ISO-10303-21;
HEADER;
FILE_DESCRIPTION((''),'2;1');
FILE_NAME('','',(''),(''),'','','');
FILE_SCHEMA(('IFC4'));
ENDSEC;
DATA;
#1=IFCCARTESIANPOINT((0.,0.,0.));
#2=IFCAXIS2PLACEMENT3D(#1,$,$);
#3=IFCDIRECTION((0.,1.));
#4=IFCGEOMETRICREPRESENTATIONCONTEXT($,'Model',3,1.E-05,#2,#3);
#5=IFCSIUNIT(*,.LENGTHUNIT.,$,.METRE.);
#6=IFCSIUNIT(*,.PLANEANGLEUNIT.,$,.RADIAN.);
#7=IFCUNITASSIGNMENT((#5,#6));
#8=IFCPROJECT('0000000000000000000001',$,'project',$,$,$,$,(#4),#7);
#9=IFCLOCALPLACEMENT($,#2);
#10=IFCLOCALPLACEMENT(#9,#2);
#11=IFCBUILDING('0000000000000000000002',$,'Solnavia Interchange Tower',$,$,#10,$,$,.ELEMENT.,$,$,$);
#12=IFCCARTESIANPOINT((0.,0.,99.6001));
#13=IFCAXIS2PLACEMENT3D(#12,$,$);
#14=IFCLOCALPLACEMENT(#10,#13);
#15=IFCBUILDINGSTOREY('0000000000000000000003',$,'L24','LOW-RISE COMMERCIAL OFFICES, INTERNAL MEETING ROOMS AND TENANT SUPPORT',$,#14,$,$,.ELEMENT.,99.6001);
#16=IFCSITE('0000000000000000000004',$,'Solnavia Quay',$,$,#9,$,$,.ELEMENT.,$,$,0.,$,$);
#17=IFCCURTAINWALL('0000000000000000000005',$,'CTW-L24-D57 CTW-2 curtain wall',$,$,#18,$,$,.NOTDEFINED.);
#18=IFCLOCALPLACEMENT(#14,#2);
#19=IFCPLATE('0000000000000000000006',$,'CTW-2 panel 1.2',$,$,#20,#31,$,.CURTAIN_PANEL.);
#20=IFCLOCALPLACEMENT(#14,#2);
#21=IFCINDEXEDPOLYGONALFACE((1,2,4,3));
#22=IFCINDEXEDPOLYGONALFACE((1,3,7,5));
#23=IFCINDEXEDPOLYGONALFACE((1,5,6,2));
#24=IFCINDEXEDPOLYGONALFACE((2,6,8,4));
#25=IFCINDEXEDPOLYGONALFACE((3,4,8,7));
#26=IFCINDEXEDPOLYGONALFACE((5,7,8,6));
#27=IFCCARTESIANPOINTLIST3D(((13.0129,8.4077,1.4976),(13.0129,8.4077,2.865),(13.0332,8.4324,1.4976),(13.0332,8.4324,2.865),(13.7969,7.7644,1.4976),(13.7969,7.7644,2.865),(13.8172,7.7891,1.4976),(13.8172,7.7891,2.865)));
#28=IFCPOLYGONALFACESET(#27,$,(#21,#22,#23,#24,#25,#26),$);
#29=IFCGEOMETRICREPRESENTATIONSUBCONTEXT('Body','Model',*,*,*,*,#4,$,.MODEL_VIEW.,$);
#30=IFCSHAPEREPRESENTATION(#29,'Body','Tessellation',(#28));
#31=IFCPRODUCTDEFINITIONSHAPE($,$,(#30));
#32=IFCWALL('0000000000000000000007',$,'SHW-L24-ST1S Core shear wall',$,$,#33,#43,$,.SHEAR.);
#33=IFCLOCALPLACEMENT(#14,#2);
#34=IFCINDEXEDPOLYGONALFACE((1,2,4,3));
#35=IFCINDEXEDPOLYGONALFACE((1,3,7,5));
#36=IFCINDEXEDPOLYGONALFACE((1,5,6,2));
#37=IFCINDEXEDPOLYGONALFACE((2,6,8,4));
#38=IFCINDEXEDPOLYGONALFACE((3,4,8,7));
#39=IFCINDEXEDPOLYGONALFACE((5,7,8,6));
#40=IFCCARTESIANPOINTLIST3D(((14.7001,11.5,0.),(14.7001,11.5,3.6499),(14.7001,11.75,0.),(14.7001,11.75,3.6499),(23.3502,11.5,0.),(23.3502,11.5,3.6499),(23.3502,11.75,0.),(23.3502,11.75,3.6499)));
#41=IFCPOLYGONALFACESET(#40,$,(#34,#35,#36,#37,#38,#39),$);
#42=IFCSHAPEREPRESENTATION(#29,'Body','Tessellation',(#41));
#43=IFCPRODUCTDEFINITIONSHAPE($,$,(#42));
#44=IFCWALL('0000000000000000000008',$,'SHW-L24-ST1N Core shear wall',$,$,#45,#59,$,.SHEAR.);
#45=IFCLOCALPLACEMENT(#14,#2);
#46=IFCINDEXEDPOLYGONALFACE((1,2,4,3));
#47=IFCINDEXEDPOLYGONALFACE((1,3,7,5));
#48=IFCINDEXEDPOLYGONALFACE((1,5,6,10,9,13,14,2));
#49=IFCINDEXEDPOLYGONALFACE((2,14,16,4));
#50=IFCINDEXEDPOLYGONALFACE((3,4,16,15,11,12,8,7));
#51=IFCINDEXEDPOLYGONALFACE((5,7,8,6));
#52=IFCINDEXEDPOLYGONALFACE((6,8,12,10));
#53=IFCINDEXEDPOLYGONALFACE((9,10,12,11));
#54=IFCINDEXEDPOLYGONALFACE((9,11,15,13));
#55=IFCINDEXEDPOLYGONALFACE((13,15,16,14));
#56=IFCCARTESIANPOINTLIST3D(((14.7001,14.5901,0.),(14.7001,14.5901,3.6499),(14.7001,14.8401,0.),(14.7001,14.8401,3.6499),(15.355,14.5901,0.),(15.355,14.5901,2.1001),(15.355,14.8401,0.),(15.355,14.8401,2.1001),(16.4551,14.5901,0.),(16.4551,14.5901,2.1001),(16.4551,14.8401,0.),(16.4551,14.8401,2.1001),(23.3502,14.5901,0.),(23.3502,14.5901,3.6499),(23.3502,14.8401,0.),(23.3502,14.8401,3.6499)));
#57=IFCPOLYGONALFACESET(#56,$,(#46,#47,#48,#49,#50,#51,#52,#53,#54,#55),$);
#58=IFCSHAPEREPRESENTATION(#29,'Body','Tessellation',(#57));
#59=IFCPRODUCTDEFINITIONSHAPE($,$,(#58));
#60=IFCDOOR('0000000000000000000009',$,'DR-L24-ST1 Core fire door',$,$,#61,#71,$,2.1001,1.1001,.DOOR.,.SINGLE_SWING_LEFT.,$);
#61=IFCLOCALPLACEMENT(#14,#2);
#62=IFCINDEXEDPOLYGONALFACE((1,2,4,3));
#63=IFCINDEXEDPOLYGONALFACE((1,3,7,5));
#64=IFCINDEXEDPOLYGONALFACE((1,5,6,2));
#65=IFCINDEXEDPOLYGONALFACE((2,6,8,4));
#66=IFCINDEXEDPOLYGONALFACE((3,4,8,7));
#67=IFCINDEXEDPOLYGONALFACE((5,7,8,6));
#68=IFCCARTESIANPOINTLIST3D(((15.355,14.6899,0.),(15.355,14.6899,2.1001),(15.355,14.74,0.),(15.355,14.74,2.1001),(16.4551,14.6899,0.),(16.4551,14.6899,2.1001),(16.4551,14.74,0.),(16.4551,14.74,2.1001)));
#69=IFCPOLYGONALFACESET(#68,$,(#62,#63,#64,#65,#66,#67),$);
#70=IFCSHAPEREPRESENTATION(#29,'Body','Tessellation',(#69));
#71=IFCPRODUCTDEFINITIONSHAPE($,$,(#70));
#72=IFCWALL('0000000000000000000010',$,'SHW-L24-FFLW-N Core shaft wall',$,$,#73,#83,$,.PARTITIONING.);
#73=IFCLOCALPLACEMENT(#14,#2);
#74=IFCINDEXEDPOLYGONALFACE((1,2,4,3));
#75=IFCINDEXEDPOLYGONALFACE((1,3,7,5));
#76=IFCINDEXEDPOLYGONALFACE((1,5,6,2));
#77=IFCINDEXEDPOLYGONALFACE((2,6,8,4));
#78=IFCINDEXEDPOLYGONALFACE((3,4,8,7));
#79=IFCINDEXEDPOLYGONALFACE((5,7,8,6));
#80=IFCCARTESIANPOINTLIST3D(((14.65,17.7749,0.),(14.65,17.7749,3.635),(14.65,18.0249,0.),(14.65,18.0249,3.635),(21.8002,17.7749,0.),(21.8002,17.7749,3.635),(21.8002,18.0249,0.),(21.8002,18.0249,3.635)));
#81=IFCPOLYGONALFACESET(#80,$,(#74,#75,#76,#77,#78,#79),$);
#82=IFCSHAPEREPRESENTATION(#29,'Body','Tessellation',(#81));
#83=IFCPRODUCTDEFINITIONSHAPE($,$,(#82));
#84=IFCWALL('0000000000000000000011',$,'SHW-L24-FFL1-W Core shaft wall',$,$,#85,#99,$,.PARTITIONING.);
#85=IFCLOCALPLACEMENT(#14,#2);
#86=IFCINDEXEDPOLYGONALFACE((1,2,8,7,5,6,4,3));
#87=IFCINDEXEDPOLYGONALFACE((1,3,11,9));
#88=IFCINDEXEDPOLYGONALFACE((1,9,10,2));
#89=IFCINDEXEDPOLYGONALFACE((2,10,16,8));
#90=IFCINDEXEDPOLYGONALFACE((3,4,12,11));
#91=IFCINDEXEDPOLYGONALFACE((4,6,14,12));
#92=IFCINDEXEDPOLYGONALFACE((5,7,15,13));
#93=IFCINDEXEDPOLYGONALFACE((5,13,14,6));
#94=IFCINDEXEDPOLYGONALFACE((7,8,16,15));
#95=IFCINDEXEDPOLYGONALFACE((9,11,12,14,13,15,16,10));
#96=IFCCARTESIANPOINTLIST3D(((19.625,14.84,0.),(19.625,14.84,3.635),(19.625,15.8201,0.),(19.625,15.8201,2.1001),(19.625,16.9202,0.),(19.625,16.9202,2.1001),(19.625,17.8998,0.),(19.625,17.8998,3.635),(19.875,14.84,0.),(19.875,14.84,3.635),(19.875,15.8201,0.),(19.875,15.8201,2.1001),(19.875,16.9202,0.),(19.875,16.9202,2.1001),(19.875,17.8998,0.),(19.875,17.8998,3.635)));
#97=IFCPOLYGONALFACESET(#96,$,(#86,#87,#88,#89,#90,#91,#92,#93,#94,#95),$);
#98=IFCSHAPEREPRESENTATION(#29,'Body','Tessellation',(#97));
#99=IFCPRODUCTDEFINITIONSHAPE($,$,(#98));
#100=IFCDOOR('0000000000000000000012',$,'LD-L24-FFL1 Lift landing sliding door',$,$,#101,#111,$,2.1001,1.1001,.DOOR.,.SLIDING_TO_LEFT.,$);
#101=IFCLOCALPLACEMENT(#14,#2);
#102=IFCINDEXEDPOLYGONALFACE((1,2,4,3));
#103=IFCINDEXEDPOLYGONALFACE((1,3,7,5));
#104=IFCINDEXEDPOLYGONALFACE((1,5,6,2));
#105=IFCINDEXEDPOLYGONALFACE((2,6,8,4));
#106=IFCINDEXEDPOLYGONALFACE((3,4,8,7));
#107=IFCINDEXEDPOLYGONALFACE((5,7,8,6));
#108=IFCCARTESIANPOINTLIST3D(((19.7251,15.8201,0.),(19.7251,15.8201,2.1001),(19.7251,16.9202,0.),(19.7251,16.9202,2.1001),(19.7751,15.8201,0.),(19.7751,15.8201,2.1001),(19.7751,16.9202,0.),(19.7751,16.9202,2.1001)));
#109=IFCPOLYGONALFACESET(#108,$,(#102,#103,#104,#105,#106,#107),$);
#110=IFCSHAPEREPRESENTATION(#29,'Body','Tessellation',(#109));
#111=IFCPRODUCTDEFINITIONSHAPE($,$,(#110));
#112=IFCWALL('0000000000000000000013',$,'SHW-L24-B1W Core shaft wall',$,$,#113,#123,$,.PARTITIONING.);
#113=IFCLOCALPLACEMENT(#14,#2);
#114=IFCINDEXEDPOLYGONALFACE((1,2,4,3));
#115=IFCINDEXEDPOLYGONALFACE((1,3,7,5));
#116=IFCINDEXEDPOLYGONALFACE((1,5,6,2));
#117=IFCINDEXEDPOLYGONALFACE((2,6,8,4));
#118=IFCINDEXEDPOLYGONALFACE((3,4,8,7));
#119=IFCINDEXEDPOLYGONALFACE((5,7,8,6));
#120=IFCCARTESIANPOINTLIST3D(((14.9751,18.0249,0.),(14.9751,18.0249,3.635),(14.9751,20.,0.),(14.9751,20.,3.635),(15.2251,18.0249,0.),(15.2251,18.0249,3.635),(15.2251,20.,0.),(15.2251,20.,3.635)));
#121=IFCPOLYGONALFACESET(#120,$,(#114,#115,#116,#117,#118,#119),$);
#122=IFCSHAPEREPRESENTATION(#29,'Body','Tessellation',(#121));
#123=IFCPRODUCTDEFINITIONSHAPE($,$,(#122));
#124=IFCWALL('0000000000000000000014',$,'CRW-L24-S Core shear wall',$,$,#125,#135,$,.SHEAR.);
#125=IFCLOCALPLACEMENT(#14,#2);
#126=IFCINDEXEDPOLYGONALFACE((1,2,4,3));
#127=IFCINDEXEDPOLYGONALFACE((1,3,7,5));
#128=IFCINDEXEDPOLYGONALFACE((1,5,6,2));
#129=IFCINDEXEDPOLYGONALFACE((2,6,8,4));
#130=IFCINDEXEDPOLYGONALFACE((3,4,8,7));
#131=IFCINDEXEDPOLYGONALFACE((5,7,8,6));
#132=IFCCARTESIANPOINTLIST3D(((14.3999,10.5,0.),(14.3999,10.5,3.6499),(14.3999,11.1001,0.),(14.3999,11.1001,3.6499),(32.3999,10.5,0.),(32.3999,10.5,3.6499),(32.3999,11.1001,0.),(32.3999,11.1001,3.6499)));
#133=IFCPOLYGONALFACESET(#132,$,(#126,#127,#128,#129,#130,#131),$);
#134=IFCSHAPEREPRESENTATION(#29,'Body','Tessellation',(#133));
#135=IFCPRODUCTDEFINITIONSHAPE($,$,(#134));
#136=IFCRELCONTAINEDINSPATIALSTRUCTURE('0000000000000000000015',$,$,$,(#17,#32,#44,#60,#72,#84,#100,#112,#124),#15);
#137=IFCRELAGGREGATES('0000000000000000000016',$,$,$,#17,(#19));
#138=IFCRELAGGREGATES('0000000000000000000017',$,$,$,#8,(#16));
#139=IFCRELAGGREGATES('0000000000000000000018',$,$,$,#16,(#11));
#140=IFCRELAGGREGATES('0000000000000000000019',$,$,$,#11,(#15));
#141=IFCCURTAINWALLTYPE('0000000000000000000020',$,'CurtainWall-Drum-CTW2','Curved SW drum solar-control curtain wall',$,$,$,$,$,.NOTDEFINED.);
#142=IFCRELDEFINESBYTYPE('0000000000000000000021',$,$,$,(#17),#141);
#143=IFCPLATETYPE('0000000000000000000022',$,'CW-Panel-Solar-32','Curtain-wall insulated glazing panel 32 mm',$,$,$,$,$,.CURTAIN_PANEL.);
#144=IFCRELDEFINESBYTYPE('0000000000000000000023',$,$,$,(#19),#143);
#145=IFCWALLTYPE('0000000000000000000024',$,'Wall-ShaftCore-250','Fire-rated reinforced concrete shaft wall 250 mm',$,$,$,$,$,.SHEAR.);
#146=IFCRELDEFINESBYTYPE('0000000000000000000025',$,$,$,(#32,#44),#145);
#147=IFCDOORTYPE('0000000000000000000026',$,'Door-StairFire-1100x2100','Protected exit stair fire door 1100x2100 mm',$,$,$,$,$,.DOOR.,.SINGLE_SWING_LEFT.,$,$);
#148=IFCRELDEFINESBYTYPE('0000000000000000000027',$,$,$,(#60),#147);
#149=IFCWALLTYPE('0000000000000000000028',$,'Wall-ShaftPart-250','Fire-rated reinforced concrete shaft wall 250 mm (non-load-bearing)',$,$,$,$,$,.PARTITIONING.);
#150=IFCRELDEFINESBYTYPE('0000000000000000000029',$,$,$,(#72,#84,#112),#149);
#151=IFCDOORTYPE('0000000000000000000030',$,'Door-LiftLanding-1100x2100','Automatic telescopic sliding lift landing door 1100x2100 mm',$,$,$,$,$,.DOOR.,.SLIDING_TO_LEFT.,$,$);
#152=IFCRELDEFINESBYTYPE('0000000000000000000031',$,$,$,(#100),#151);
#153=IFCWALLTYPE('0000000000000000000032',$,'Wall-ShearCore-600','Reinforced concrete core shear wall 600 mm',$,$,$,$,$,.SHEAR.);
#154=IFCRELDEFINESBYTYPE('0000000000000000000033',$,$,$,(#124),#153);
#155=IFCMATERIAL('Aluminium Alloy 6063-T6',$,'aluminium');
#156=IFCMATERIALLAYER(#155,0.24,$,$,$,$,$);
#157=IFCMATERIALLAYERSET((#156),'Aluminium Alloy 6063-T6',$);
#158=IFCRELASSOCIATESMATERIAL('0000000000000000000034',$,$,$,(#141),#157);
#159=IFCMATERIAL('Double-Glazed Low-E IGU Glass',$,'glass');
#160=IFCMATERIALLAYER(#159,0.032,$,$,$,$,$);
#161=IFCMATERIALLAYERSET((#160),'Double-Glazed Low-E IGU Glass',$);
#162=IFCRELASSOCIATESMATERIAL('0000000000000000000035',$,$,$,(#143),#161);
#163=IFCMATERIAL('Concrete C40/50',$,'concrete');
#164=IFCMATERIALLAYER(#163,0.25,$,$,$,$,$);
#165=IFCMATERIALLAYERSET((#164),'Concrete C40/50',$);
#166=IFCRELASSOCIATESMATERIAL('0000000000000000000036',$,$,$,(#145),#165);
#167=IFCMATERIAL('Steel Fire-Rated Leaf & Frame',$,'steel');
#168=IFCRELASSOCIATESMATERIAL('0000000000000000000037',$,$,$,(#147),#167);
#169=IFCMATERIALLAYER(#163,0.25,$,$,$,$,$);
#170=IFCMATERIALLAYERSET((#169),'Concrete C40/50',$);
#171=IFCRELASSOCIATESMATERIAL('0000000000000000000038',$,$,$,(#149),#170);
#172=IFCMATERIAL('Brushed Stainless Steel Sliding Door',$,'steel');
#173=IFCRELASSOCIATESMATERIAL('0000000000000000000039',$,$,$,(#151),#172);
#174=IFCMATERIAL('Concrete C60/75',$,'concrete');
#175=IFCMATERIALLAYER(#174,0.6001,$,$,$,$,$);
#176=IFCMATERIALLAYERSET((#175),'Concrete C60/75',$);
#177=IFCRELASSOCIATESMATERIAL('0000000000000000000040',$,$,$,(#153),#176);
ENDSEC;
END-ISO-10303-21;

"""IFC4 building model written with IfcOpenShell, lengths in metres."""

from ifc_helpers import new_model, si_unit, direction, frame, frame_2d, origin, origin_2d, place, context, subcontext, project, spatial, rectangle, extrude, material, layer, layer_set, type_object, element, fill, aggregate, save


model = new_model("IFC4")

# Units and contexts
model_context = context("Model", 3, precision=1e-05, world=origin(), true_north=direction((0.0, 1.0)))
body_context = subcontext(model_context, "Body", "Model", "MODEL_VIEW")
ifc_project = project(units=[si_unit("LENGTHUNIT", "METRE"), si_unit("PLANEANGLEUNIT", "RADIAN")], contexts=[model_context])

# Site, building, storey
site_placement = place(None, origin())
site = spatial("IfcSite", under=ifc_project, at=site_placement, Name="Solnavia Quay", CompositionType="ELEMENT", RefElevation=0.0)
building_placement = place(site_placement, origin())
building = spatial("IfcBuilding", under=site, at=building_placement, Name="Solnavia Interchange Tower", CompositionType="ELEMENT")
storey_placement = place(building_placement, frame((0.0, 0.0, 99.6001)))
storey = spatial("IfcBuildingStorey", under=building, at=storey_placement, Name="L24", Description="LOW-RISE COMMERCIAL OFFICES, INTERNAL MEETING ROOMS AND TENANT SUPPORT", CompositionType="ELEMENT", Elevation=99.6001)

# Curtain wall, plate
ifc_material_1 = material(Name="Aluminium Alloy 6063-T6", Category="aluminium")
ifc_layer_1 = layer(ifc_material_1, 0.24)
ifc_layer_set_1 = layer_set([ifc_layer_1], Name="Aluminium Alloy 6063-T6")
curtain_wall_type = type_object("IfcCurtainWallType", Name="CurtainWall-Drum-CTW2", Description="Curved SW drum solar-control curtain wall", PredefinedType="NOTDEFINED", material=ifc_layer_set_1)
curtain_wall_placement = place(storey_placement, origin())
curtain_wall = element("IfcCurtainWall", 1, at=curtain_wall_placement, inside=storey, type_object=curtain_wall_type, Name="CTW-L24-D57 CTW-2 curtain wall", PredefinedType="NOTDEFINED")
ifc_material_2 = material(Name="Double-Glazed Low-E IGU Glass", Category="glass")
ifc_layer_2 = layer(ifc_material_2, 0.032)
ifc_layer_set_2 = layer_set([ifc_layer_2], Name="Double-Glazed Low-E IGU Glass")
plate_type = type_object("IfcPlateType", Name="CW-Panel-Solar-32", Description="Curtain-wall insulated glazing panel 32 mm", PredefinedType="CURTAIN_PANEL", material=ifc_layer_set_2)
plate_placement = place(storey_placement, frame((13.415, 8.0984, 1.4976), z_axis=(0.0, 0.0, 1.0), x_axis=(0.773095, -0.634291, 0.0)))
plate = element("IfcPlate", 2, at=plate_placement, type_object=plate_type, Name="CTW-2 panel 1.2", PredefinedType="CURTAIN_PANEL", context=body_context, shape_type="SweptSolid", body=[
    extrude(rectangle(XDim=1.0142, YDim=0.032, at=origin_2d()), origin(), (0.0, 0.0, 1.0), 1.3674),
])
aggregate(curtain_wall, [plate])

# Wall
ifc_material_3 = material(Name="Concrete C40/50", Category="concrete")
ifc_layer_3 = layer(ifc_material_3, 0.25)
ifc_layer_set_3 = layer_set([ifc_layer_3], Name="Concrete C40/50")
wall_type_1 = type_object("IfcWallType", Name="Wall-ShaftCore-250", Description="Fire-rated reinforced concrete shaft wall 250 mm", PredefinedType="SHEAR", material=ifc_layer_set_3)
wall_1_placement = place(storey_placement, frame((14.7, 11.625, 0.0), z_axis=(0.0, 0.0, 1.0), x_axis=(1.0, 0.0, 0.0)))
element("IfcWall", 3, at=wall_1_placement, inside=storey, type_object=wall_type_1, Name="SHW-L24-ST1S Core shear wall", PredefinedType="SHEAR", context=body_context, shape_type="SweptSolid", body=[
    extrude(rectangle(XDim=8.6501, YDim=0.25, at=frame_2d((4.3252, 0.0))), origin(), (0.0, 0.0, 1.0), 3.6499),
])

# Wall, opening, door
wall_2_placement = place(storey_placement, frame((14.7, 14.7151, 0.0), z_axis=(0.0, 0.0, 1.0), x_axis=(1.0, 0.0, 0.0)))
wall_2 = element("IfcWall", 4, at=wall_2_placement, inside=storey, type_object=wall_type_1, Name="SHW-L24-ST1N Core shear wall", PredefinedType="SHEAR", context=body_context, shape_type="SweptSolid", body=[
    extrude(rectangle(XDim=8.6501, YDim=0.25, at=frame_2d((4.3252, 0.0))), origin(), (0.0, 0.0, 1.0), 3.6499),
])
opening_1_placement = place(wall_2_placement, frame((0.655, 0.0, 0.0)))
opening_1 = element("IfcOpeningElement", 5, at=opening_1_placement, cuts=wall_2, PredefinedType="OPENING", context=body_context, shape_type="SweptSolid", body=[
    extrude(rectangle(XDim=1.1001, YDim=2.1001, at=frame_2d((0.55, 1.05))), frame((0.0, 0.135, 0.0), z_axis=(0.0, -1.0, 0.0), x_axis=(1.0, 0.0, 0.0)), (0.0, 0.0, 1.0), 0.27),
])
ifc_material_4 = material(Name="Steel Fire-Rated Leaf & Frame", Category="steel")
door_type_1 = type_object("IfcDoorType", Name="Door-StairFire-1100x2100", Description="Protected exit stair fire door 1100x2100 mm", OperationType="SINGLE_SWING_LEFT", PredefinedType="DOOR", material=ifc_material_4)
door_1_placement = place(opening_1_placement, origin())
door_1 = element("IfcDoor", 6, at=door_1_placement, inside=storey, type_object=door_type_1, Name="DR-L24-ST1 Core fire door", OperationType="SINGLE_SWING_LEFT", OverallHeight=2.1001, OverallWidth=1.1001, PredefinedType="DOOR", context=body_context, shape_type="SweptSolid", body=[
    extrude(rectangle(XDim=1.1001, YDim=2.1001, at=frame_2d((0.55, 1.05))), frame((0.0, 0.0249, 0.0), z_axis=(0.0, -1.0, 0.0), x_axis=(1.0, 0.0, 0.0)), (0.0, 0.0, 1.0), 0.05),
])
fill(opening_1, door_1)

# Wall
ifc_layer_4 = layer(ifc_material_3, 0.25)
ifc_layer_set_4 = layer_set([ifc_layer_4], Name="Concrete C40/50")
wall_type_2 = type_object("IfcWallType", Name="Wall-ShaftPart-250", Description="Fire-rated reinforced concrete shaft wall 250 mm (non-load-bearing)", PredefinedType="PARTITIONING", material=ifc_layer_set_4)
wall_3_placement = place(storey_placement, frame((14.6499, 17.8999, 0.0), z_axis=(0.0, 0.0, 1.0), x_axis=(1.0, 0.0, 0.0)))
element("IfcWall", 7, at=wall_3_placement, inside=storey, type_object=wall_type_2, Name="SHW-L24-FFLW-N Core shaft wall", PredefinedType="PARTITIONING", context=body_context, shape_type="SweptSolid", body=[
    extrude(rectangle(XDim=7.1501, YDim=0.25, at=frame_2d((3.5752, 0.0))), origin(), (0.0, 0.0, 1.0), 3.635),
])

# Wall, opening, door
wall_4_placement = place(storey_placement, frame((19.75, 14.8401, 0.0), z_axis=(0.0, 0.0, 1.0), x_axis=(0.0, 1.0, 0.0)))
wall_4 = element("IfcWall", 8, at=wall_4_placement, inside=storey, type_object=wall_type_2, Name="SHW-L24-FFL1-W Core shaft wall", PredefinedType="PARTITIONING", context=body_context, shape_type="SweptSolid", body=[
    extrude(rectangle(XDim=3.0598, YDim=0.25, at=frame_2d((1.5298, 0.0))), origin(), (0.0, 0.0, 1.0), 3.635),
])
opening_2_placement = place(wall_4_placement, frame((0.98, 0.0, 0.0)))
opening_2 = element("IfcOpeningElement", 9, at=opening_2_placement, cuts=wall_4, PredefinedType="OPENING", context=body_context, shape_type="SweptSolid", body=[
    extrude(rectangle(XDim=1.1001, YDim=2.1001, at=frame_2d((0.55, 1.05))), frame((0.0, 0.135, 0.0), z_axis=(0.0, -1.0, 0.0), x_axis=(1.0, 0.0, 0.0)), (0.0, 0.0, 1.0), 0.27),
])
ifc_material_5 = material(Name="Brushed Stainless Steel Sliding Door", Category="steel")
door_type_2 = type_object("IfcDoorType", Name="Door-LiftLanding-1100x2100", Description="Automatic telescopic sliding lift landing door 1100x2100 mm", OperationType="SLIDING_TO_LEFT", PredefinedType="DOOR", material=ifc_material_5)
door_2_placement = place(opening_2_placement, origin())
door_2 = element("IfcDoor", 10, at=door_2_placement, inside=storey, type_object=door_type_2, Name="LD-L24-FFL1 Lift landing sliding door", OperationType="SLIDING_TO_LEFT", OverallHeight=2.1001, OverallWidth=1.1001, PredefinedType="DOOR", context=body_context, shape_type="SweptSolid", body=[
    extrude(rectangle(XDim=1.1001, YDim=2.1001, at=frame_2d((0.55, 1.05))), frame((0.0, 0.0249, 0.0), z_axis=(0.0, -1.0, 0.0), x_axis=(1.0, 0.0, 0.0)), (0.0, 0.0, 1.0), 0.05),
])
fill(opening_2, door_2)

# Walls
wall_5_placement = place(storey_placement, frame((15.1001, 18.0249, 0.0), z_axis=(0.0, 0.0, 1.0), x_axis=(0.0, 1.0, 0.0)))
element("IfcWall", 11, at=wall_5_placement, inside=storey, type_object=wall_type_2, Name="SHW-L24-B1W Core shaft wall", PredefinedType="PARTITIONING", context=body_context, shape_type="SweptSolid", body=[
    extrude(rectangle(XDim=1.9751, YDim=0.25, at=frame_2d((0.9875, 0.0))), origin(), (0.0, 0.0, 1.0), 3.635),
])
ifc_material_6 = material(Name="Concrete C60/75", Category="concrete")
ifc_layer_5 = layer(ifc_material_6, 0.6001)
ifc_layer_set_5 = layer_set([ifc_layer_5], Name="Concrete C60/75")
wall_type_3 = type_object("IfcWallType", Name="Wall-ShearCore-600", Description="Reinforced concrete core shear wall 600 mm", PredefinedType="SHEAR", material=ifc_layer_set_5)
wall_6_placement = place(storey_placement, frame((14.3999, 10.8, 0.0), z_axis=(0.0, 0.0, 1.0), x_axis=(1.0, 0.0, 0.0)))
element("IfcWall", 12, at=wall_6_placement, inside=storey, type_object=wall_type_3, Name="CRW-L24-S Core shear wall", PredefinedType="SHEAR", context=body_context, shape_type="SweptSolid", body=[
    extrude(rectangle(XDim=18.0, YDim=0.6001, at=frame_2d((9.0, 0.0))), origin(), (0.0, 0.0, 1.0), 3.6499),
])

save(model, "model.ifc")
